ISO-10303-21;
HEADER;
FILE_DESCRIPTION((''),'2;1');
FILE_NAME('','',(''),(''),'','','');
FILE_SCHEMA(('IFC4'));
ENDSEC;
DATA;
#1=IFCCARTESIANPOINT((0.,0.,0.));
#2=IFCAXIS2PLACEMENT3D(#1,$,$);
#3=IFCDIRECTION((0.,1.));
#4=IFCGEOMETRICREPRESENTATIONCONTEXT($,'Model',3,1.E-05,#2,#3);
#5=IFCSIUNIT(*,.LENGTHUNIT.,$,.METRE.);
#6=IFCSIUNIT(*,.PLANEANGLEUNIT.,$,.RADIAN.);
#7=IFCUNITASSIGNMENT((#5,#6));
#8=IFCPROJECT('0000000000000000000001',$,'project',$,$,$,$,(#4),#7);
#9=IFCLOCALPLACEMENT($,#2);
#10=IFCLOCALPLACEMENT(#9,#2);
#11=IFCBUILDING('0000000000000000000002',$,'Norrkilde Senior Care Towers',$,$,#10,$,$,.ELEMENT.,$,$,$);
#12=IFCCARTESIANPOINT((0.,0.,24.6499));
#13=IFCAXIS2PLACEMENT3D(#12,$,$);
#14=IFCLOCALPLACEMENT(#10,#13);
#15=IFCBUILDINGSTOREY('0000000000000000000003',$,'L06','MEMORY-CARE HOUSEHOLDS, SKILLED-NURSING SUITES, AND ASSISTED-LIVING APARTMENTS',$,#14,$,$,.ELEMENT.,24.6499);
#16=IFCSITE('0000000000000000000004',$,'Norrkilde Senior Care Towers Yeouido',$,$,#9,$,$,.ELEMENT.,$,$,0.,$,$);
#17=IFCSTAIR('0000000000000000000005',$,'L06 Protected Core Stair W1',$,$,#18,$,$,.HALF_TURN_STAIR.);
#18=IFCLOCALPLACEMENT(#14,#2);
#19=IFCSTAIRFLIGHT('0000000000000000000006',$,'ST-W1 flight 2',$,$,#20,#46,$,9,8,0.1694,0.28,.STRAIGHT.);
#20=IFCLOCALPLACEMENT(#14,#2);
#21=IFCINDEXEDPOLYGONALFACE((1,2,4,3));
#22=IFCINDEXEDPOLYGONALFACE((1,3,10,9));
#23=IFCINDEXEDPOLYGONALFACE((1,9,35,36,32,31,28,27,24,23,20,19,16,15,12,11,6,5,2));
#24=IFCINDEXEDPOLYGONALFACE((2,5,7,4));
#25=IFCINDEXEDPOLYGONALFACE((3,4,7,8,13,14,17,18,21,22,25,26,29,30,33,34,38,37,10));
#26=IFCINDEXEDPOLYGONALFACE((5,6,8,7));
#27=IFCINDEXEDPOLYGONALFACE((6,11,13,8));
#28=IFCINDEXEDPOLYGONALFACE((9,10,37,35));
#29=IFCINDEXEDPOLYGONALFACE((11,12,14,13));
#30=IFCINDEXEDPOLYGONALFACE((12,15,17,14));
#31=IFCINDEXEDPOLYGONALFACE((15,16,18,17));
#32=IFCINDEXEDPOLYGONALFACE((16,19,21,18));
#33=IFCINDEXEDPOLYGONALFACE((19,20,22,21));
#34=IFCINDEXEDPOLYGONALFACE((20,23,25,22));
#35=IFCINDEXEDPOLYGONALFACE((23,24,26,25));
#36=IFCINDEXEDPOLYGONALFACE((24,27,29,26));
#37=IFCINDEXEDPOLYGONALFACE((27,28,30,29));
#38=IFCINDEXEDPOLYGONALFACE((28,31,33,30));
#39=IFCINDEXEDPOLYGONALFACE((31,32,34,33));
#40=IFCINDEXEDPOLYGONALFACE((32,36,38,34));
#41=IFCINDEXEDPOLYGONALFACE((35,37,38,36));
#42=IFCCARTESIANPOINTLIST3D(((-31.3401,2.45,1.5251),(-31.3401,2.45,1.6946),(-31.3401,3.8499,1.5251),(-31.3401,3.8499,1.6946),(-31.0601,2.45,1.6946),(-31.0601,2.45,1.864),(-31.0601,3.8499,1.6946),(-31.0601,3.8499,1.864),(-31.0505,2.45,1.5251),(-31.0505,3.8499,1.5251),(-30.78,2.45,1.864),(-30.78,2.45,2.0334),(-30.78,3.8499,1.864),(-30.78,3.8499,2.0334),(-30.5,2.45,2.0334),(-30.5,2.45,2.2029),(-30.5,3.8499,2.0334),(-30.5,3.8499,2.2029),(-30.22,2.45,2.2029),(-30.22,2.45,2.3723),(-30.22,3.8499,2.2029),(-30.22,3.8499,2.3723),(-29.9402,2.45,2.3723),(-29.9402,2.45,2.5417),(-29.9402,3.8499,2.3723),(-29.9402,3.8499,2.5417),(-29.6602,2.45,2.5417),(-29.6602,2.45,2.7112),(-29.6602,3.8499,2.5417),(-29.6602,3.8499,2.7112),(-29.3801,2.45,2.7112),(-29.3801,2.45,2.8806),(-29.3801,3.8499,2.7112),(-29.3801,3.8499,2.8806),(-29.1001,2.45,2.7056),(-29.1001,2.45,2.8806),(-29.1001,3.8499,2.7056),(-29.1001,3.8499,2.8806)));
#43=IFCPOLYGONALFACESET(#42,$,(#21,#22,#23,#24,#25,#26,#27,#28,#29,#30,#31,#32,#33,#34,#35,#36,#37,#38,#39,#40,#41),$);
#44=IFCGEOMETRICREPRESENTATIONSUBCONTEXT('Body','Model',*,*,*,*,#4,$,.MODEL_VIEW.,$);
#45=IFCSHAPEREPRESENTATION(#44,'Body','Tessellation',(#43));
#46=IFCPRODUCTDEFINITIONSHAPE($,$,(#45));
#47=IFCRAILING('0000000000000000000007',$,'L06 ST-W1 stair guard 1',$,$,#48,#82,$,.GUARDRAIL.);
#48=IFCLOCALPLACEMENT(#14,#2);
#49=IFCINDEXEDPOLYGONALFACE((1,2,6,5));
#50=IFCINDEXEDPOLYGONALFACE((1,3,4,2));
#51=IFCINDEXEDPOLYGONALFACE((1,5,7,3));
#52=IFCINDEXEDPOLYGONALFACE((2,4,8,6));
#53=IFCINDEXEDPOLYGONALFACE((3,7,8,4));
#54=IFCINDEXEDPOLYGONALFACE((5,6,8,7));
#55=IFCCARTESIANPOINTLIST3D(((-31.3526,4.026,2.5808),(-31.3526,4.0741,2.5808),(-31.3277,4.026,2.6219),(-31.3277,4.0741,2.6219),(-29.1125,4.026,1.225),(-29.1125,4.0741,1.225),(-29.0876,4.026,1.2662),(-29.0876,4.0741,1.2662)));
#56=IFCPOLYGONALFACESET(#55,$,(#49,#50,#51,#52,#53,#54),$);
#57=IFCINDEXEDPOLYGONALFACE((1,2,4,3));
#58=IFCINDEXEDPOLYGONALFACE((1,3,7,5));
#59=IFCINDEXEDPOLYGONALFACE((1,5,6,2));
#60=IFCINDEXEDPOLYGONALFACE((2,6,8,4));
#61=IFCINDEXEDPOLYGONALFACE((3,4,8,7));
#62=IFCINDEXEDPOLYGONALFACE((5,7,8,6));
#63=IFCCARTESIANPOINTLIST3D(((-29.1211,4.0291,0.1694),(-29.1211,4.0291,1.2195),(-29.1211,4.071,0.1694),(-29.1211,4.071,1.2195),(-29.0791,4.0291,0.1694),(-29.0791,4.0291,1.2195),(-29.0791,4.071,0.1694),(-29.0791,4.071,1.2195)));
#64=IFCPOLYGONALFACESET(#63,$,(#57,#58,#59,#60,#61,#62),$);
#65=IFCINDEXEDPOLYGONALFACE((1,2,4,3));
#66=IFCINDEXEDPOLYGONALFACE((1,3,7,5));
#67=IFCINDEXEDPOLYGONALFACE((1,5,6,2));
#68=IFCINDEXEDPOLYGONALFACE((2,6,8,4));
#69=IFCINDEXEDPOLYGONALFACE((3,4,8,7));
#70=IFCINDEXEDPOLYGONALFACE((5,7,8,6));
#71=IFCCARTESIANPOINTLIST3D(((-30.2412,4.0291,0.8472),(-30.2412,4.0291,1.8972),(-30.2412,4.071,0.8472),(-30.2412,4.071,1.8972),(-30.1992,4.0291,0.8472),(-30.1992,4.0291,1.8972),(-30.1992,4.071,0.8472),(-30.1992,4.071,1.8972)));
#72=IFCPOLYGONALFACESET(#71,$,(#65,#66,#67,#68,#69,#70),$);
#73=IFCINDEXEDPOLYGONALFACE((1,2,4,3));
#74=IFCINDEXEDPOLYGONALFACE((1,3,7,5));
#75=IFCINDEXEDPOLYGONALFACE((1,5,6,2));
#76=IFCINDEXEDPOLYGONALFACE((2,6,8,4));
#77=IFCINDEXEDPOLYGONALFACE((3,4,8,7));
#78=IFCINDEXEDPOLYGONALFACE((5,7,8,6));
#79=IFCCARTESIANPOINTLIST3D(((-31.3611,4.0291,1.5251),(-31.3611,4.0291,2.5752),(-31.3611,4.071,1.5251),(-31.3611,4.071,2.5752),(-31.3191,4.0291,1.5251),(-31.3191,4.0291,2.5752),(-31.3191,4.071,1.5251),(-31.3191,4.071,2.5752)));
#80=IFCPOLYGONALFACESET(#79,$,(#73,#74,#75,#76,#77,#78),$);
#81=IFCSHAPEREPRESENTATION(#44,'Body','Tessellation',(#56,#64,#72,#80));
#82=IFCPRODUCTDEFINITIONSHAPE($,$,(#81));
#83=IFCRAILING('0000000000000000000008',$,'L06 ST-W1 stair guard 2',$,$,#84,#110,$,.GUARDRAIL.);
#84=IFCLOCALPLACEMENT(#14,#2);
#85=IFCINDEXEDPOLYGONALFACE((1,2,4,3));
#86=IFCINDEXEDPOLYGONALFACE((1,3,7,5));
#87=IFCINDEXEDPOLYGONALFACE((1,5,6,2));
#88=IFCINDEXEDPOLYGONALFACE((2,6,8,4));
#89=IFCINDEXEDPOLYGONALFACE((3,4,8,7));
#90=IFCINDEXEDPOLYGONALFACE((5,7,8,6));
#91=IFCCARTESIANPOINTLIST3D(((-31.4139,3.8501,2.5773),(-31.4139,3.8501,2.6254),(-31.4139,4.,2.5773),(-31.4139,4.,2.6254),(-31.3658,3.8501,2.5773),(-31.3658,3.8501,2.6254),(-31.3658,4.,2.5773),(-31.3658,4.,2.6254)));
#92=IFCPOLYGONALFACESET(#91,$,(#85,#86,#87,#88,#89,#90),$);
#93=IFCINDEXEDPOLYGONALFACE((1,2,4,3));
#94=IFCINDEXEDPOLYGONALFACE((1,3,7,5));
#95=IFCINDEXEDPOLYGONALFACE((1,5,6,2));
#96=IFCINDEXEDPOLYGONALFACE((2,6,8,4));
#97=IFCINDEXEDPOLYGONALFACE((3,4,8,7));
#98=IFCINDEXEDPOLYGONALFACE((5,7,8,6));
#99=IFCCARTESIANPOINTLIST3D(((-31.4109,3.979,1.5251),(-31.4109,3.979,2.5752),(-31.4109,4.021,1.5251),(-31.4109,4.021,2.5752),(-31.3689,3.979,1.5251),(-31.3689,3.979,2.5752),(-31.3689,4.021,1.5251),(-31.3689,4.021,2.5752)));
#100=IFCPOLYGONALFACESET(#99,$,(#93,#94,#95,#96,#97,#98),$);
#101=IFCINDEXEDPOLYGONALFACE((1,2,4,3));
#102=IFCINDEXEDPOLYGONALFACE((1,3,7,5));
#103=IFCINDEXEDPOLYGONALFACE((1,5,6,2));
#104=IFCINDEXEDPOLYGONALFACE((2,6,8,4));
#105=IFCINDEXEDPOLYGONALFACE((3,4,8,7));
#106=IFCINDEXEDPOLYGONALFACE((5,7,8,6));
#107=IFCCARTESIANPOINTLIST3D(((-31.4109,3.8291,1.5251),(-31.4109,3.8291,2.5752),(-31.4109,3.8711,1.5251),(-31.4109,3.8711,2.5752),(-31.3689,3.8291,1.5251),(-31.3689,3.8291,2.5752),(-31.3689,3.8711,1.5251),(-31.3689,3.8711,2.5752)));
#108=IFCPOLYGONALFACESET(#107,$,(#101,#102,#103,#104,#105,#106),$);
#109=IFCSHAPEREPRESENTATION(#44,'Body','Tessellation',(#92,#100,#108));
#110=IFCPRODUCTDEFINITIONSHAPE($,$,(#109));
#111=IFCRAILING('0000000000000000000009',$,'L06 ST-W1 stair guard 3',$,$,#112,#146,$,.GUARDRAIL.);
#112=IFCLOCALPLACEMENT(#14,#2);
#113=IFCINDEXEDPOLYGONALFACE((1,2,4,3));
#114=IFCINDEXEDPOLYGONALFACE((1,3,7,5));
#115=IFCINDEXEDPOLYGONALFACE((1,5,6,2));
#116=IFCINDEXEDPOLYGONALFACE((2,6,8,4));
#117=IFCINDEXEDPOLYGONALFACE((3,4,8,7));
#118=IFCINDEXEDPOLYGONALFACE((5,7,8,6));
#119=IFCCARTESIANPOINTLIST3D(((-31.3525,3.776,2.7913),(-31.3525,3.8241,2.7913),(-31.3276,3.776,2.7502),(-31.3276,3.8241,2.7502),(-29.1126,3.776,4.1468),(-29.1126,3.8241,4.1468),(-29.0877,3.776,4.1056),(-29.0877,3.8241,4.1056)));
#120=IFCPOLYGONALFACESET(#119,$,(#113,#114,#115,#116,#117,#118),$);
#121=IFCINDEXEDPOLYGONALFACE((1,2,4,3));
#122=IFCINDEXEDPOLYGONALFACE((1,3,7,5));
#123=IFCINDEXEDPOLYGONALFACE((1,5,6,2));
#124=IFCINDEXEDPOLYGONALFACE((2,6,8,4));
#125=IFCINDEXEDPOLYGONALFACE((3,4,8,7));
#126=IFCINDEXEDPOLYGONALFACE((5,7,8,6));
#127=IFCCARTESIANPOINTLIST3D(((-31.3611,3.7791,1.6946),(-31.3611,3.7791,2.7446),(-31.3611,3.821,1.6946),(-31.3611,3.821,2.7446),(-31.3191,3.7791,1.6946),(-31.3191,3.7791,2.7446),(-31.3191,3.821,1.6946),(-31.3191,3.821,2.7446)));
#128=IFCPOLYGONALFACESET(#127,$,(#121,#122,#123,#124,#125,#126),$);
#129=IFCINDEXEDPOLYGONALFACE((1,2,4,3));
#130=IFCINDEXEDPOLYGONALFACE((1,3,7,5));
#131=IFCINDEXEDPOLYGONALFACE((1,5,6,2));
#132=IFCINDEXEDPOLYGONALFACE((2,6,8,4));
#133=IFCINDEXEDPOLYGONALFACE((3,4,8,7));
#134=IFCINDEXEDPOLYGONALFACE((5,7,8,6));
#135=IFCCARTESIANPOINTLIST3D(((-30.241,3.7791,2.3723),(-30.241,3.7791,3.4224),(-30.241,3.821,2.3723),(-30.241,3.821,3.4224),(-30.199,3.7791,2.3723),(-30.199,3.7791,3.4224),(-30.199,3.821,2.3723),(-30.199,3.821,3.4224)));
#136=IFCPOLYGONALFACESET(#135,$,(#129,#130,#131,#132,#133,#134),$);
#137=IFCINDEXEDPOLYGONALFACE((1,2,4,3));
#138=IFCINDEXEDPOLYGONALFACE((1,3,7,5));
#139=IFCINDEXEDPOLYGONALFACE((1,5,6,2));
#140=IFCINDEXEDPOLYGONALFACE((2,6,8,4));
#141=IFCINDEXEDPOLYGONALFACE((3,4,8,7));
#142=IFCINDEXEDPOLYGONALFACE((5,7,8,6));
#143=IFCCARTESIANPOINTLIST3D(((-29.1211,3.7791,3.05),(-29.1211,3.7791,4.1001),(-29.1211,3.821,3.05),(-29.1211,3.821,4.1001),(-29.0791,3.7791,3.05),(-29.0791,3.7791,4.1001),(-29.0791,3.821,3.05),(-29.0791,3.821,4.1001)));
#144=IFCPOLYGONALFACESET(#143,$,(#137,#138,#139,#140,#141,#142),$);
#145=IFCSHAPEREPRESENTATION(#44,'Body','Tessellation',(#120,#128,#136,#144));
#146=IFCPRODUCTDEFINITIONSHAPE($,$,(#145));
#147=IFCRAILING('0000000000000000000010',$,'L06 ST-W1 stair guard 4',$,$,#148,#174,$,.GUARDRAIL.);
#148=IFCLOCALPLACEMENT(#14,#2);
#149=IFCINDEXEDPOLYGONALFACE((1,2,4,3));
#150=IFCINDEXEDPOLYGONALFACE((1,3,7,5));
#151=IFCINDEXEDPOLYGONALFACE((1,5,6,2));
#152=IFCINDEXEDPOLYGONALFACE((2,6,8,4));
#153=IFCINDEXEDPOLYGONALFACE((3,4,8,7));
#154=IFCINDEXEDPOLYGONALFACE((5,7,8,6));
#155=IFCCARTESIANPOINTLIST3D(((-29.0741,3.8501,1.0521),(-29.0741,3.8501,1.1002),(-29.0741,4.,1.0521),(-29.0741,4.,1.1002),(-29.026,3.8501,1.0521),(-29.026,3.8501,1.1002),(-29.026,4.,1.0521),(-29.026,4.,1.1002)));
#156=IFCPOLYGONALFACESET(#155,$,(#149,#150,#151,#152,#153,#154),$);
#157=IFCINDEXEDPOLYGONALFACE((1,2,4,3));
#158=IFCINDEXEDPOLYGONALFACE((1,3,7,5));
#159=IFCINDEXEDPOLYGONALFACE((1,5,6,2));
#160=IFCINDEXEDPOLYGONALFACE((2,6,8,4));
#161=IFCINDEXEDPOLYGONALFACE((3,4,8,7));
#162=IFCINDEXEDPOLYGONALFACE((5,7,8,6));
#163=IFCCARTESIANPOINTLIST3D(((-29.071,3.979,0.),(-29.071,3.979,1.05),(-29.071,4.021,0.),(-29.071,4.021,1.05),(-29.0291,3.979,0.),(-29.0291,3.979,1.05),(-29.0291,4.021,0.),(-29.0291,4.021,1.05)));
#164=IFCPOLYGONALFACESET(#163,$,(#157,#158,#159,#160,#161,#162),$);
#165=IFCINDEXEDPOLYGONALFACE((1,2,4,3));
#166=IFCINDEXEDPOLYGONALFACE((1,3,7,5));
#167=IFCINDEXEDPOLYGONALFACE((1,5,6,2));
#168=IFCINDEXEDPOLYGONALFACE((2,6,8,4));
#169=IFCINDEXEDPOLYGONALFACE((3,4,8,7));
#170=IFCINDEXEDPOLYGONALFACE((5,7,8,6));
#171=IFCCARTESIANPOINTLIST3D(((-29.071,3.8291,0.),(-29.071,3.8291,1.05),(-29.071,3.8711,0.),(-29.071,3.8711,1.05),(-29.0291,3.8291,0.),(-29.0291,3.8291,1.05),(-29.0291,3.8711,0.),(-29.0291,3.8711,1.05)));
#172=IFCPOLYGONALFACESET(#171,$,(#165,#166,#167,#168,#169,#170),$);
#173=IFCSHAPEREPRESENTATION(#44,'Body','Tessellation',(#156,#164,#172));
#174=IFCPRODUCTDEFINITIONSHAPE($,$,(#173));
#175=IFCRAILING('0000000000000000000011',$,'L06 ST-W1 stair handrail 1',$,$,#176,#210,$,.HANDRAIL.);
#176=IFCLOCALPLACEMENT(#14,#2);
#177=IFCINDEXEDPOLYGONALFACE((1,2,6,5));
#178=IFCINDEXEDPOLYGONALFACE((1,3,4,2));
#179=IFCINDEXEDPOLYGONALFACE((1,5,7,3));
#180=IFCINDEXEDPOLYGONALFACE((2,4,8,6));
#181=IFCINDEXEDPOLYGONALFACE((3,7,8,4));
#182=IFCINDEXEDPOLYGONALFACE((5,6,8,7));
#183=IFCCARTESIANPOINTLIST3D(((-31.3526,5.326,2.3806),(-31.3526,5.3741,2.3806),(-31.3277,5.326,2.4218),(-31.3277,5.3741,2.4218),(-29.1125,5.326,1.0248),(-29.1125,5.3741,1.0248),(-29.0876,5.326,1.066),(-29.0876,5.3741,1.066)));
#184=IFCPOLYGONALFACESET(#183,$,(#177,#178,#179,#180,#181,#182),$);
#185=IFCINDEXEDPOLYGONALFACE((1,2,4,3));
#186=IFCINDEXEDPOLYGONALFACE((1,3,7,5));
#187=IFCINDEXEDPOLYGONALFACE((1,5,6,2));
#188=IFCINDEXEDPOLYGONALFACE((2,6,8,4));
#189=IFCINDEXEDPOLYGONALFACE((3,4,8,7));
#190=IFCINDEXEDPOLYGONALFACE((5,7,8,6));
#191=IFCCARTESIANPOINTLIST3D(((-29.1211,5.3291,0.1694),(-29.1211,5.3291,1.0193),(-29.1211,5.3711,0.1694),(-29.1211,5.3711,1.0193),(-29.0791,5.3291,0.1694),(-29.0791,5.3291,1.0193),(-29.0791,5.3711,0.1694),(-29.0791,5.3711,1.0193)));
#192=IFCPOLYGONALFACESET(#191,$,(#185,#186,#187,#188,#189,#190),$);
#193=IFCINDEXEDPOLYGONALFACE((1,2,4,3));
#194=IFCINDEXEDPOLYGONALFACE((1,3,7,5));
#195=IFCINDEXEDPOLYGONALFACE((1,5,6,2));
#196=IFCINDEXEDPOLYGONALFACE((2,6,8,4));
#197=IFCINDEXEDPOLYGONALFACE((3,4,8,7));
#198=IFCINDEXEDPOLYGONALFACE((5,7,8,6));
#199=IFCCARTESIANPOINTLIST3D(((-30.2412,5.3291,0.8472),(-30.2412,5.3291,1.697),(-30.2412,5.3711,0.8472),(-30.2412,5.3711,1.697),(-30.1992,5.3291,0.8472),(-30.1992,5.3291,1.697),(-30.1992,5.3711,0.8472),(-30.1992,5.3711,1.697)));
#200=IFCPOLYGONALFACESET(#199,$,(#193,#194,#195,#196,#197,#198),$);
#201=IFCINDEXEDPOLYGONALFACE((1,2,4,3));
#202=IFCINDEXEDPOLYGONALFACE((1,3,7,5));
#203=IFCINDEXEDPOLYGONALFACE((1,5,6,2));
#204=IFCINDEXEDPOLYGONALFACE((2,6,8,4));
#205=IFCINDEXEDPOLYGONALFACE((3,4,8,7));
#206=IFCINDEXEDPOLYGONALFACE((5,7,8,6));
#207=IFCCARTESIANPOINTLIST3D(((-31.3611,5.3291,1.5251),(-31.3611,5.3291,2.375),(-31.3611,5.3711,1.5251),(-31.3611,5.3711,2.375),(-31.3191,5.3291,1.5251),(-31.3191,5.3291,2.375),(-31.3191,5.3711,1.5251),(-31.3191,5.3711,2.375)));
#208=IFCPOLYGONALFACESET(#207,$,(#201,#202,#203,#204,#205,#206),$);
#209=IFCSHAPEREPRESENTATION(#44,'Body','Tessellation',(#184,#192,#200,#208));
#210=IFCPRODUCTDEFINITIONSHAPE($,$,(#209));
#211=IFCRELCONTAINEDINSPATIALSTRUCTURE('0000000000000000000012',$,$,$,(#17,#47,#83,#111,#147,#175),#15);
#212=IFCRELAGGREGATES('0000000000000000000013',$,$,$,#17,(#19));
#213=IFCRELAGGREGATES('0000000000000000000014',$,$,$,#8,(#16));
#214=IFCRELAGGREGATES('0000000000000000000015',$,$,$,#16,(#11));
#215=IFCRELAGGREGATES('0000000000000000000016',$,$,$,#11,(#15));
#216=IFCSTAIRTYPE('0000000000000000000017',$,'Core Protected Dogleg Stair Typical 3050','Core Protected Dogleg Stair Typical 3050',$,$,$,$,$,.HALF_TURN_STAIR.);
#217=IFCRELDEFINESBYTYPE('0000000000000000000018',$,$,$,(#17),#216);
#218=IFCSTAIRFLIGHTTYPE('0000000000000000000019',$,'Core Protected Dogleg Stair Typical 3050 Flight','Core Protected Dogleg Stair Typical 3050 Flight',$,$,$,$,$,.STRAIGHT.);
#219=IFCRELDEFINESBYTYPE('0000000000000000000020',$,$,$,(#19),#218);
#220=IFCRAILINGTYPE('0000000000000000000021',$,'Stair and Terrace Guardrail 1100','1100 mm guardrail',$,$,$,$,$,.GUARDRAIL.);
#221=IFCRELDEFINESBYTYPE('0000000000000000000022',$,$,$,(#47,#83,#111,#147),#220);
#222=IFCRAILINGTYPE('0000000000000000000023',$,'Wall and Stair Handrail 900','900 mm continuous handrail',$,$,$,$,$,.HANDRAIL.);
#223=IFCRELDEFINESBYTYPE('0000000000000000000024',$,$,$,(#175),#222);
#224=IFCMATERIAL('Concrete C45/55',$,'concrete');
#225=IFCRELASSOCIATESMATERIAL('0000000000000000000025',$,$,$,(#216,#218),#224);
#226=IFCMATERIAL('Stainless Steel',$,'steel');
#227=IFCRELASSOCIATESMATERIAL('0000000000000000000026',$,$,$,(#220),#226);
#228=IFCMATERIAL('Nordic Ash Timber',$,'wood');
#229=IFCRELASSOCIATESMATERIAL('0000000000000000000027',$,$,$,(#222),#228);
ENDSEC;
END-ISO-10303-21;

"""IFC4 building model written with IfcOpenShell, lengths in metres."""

from ifc_helpers import new_model, si_unit, direction, frame, origin, origin_2d, place, context, subcontext, project, spatial, polyline, rectangle, outline, extrude, material, type_object, element, aggregate, save


model = new_model("IFC4")

# Units and contexts
model_context = context("Model", 3, precision=1e-05, world=origin(), true_north=direction((0.0, 1.0)))
body_context = subcontext(model_context, "Body", "Model", "MODEL_VIEW")
ifc_project = project(units=[si_unit("LENGTHUNIT", "METRE"), si_unit("PLANEANGLEUNIT", "RADIAN")], contexts=[model_context])

# Site, building, storey
site_placement = place(None, origin())
site = spatial("IfcSite", under=ifc_project, at=site_placement, Name="Norrkilde Senior Care Towers Yeouido", CompositionType="ELEMENT", RefElevation=0.0)
building_placement = place(site_placement, origin())
building = spatial("IfcBuilding", under=site, at=building_placement, Name="Norrkilde Senior Care Towers", CompositionType="ELEMENT")
storey_placement = place(building_placement, frame((0.0, 0.0, 24.6499)))
storey = spatial("IfcBuildingStorey", under=building, at=storey_placement, Name="L06", Description="MEMORY-CARE HOUSEHOLDS, SKILLED-NURSING SUITES, AND ASSISTED-LIVING APARTMENTS", CompositionType="ELEMENT", Elevation=24.6499)

# Shared definitions
ifc_material_1 = material(Name="Concrete C45/55", Category="concrete")

# Shared definitions
ifc_material_2 = material(Name="Stainless Steel", Category="steel")

# Stair, stair flight
stair_type = type_object("IfcStairType", Name="Core Protected Dogleg Stair Typical 3050", Description="Core Protected Dogleg Stair Typical 3050", PredefinedType="HALF_TURN_STAIR", material=ifc_material_1)
stair_placement = place(storey_placement, origin())
stair = element("IfcStair", 1, at=stair_placement, inside=storey, type_object=stair_type, Name="L06 Protected Core Stair W1", PredefinedType="HALF_TURN_STAIR")
stair_flight_type = type_object("IfcStairFlightType", Name="Core Protected Dogleg Stair Typical 3050 Flight", Description="Core Protected Dogleg Stair Typical 3050 Flight", PredefinedType="STRAIGHT", material=ifc_material_1)
stair_flight_1_placement = place(storey_placement, frame((-31.3401, 3.1499, 1.5251), z_axis=(0.0, 0.0, 1.0), x_axis=(1.0, 0.0, 0.0)))
stair_flight_1 = element("IfcStairFlight", 2, at=stair_flight_1_placement, type_object=stair_flight_type, Name="ST-W1 flight 2", NumberOfRisers=9, NumberOfTreads=8, PredefinedType="STRAIGHT", RiserHeight=0.1694, TreadLength=0.28, context=body_context, shape_type="SweptSolid", body=[
    extrude(outline(polyline([(0.0, 0.0), (0.0, 0.1694), (0.28, 0.1694), (0.28, 0.3389), (0.5601, 0.3389), (0.5601, 0.5083), (0.8401, 0.5083), (0.8401, 0.6777), (1.1201, 0.6777), (1.1201, 0.8472), (1.3999, 0.8472), (1.3999, 1.0166), (1.6799, 1.0166), (1.6799, 1.186), (1.96, 1.186), (1.96, 1.3555), (2.24, 1.3555), (2.24, 1.5249), (2.24, 1.1804), (0.2896, 0.0), (0.0, 0.0)])), frame((0.0, 0.7, 0.0), z_axis=(0.0, -1.0, 0.0), x_axis=(1.0, 0.0, 0.0)), (0.0, 0.0, 1.0), 1.3999),
])
aggregate(stair, [stair_flight_1])

# Railings
railing_type_1 = type_object("IfcRailingType", Name="Stair and Terrace Guardrail 1100", Description="1100 mm guardrail", PredefinedType="GUARDRAIL", material=ifc_material_2)
railing_1_placement = place(storey_placement, frame((-29.1001, 4.05, 0.1694)))
element("IfcRailing", 3, at=railing_1_placement, inside=storey, type_object=railing_type_1, Name="L06 ST-W1 stair guard 1", PredefinedType="GUARDRAIL", context=body_context, shape_type="SweptSolid", body=[
    extrude(rectangle(XDim=0.0481, YDim=0.0481, at=origin_2d()), frame((0.0, 0.0, 1.0762), z_axis=(-0.855512, 0.0, 0.517783), x_axis=(0.0, -1.0, 0.0)), (0.0, 0.0, 1.0), 2.6184),
    extrude(rectangle(XDim=0.042, YDim=0.042, at=origin_2d()), origin(), (0.0, 0.0, 1.0), 1.05),
    extrude(rectangle(XDim=0.042, YDim=0.042, at=origin_2d()), frame((-1.1201, 0.0, 0.6777)), (0.0, 0.0, 1.0), 1.05),
    extrude(rectangle(XDim=0.042, YDim=0.042, at=origin_2d()), frame((-2.24, 0.0, 1.3557)), (0.0, 0.0, 1.0), 1.05),
])
railing_2_placement = place(storey_placement, frame((-31.3899, 4.0, 1.5251)))
element("IfcRailing", 4, at=railing_2_placement, inside=storey, type_object=railing_type_1, Name="L06 ST-W1 stair guard 2", PredefinedType="GUARDRAIL", context=body_context, shape_type="SweptSolid", body=[
    extrude(rectangle(XDim=0.0481, YDim=0.0481, at=origin_2d()), frame((0.0, 0.0, 1.0762), z_axis=(0.0, -1.0, 0.0), x_axis=(1.0, 0.0, 0.0)), (0.0, 0.0, 1.0), 0.1499),
    extrude(rectangle(XDim=0.042, YDim=0.042, at=origin_2d()), origin(), (0.0, 0.0, 1.0), 1.05),
    extrude(rectangle(XDim=0.042, YDim=0.042, at=origin_2d()), frame((0.0, -0.1499, 0.0)), (0.0, 0.0, 1.0), 1.05),
])
railing_3_placement = place(storey_placement, frame((-31.3401, 3.8, 1.6946)))
element("IfcRailing", 5, at=railing_3_placement, inside=storey, type_object=railing_type_1, Name="L06 ST-W1 stair guard 3", PredefinedType="GUARDRAIL", context=body_context, shape_type="SweptSolid", body=[
    extrude(rectangle(XDim=0.0481, YDim=0.0481, at=origin_2d()), frame((0.0, 0.0, 1.0762), z_axis=(0.855553, 0.0, 0.517715), x_axis=(0.0, 1.0, 0.0)), (0.0, 0.0, 1.0), 2.6182),
    extrude(rectangle(XDim=0.042, YDim=0.042, at=origin_2d()), origin(), (0.0, 0.0, 1.0), 1.05),
    extrude(rectangle(XDim=0.042, YDim=0.042, at=origin_2d()), frame((1.1201, 0.0, 0.6777)), (0.0, 0.0, 1.0), 1.05),
    extrude(rectangle(XDim=0.042, YDim=0.042, at=origin_2d()), frame((2.24, 0.0, 1.3555)), (0.0, 0.0, 1.0), 1.05),
])
railing_4_placement = place(storey_placement, frame((-29.05, 4.0, 0.0)))
element("IfcRailing", 6, at=railing_4_placement, inside=storey, type_object=railing_type_1, Name="L06 ST-W1 stair guard 4", PredefinedType="GUARDRAIL", context=body_context, shape_type="SweptSolid", body=[
    extrude(rectangle(XDim=0.0481, YDim=0.0481, at=origin_2d()), frame((0.0, 0.0, 1.0762), z_axis=(0.0, -1.0, 0.0), x_axis=(1.0, 0.0, 0.0)), (0.0, 0.0, 1.0), 0.1499),
    extrude(rectangle(XDim=0.042, YDim=0.042, at=origin_2d()), origin(), (0.0, 0.0, 1.0), 1.05),
    extrude(rectangle(XDim=0.042, YDim=0.042, at=origin_2d()), frame((0.0, -0.1499, 0.0)), (0.0, 0.0, 1.0), 1.05),
])
ifc_material_3 = material(Name="Nordic Ash Timber", Category="wood")
railing_type_2 = type_object("IfcRailingType", Name="Wall and Stair Handrail 900", Description="900 mm continuous handrail", PredefinedType="HANDRAIL", material=ifc_material_3)
railing_5_placement = place(storey_placement, frame((-29.1001, 5.3501, 0.1694)))
element("IfcRailing", 7, at=railing_5_placement, inside=storey, type_object=railing_type_2, Name="L06 ST-W1 stair handrail 1", PredefinedType="HANDRAIL", context=body_context, shape_type="SweptSolid", body=[
    extrude(rectangle(XDim=0.0481, YDim=0.0481, at=origin_2d()), frame((0.0, 0.0, 0.876), z_axis=(-0.855512, 0.0, 0.517783), x_axis=(0.0, -1.0, 0.0)), (0.0, 0.0, 1.0), 2.6184),
    extrude(rectangle(XDim=0.042, YDim=0.042, at=origin_2d()), origin(), (0.0, 0.0, 1.0), 0.8499),
    extrude(rectangle(XDim=0.042, YDim=0.042, at=origin_2d()), frame((-1.1201, 0.0, 0.6777)), (0.0, 0.0, 1.0), 0.8499),
    extrude(rectangle(XDim=0.042, YDim=0.042, at=origin_2d()), frame((-2.24, 0.0, 1.3557)), (0.0, 0.0, 1.0), 0.8499),
])

save(model, "model.ifc")
